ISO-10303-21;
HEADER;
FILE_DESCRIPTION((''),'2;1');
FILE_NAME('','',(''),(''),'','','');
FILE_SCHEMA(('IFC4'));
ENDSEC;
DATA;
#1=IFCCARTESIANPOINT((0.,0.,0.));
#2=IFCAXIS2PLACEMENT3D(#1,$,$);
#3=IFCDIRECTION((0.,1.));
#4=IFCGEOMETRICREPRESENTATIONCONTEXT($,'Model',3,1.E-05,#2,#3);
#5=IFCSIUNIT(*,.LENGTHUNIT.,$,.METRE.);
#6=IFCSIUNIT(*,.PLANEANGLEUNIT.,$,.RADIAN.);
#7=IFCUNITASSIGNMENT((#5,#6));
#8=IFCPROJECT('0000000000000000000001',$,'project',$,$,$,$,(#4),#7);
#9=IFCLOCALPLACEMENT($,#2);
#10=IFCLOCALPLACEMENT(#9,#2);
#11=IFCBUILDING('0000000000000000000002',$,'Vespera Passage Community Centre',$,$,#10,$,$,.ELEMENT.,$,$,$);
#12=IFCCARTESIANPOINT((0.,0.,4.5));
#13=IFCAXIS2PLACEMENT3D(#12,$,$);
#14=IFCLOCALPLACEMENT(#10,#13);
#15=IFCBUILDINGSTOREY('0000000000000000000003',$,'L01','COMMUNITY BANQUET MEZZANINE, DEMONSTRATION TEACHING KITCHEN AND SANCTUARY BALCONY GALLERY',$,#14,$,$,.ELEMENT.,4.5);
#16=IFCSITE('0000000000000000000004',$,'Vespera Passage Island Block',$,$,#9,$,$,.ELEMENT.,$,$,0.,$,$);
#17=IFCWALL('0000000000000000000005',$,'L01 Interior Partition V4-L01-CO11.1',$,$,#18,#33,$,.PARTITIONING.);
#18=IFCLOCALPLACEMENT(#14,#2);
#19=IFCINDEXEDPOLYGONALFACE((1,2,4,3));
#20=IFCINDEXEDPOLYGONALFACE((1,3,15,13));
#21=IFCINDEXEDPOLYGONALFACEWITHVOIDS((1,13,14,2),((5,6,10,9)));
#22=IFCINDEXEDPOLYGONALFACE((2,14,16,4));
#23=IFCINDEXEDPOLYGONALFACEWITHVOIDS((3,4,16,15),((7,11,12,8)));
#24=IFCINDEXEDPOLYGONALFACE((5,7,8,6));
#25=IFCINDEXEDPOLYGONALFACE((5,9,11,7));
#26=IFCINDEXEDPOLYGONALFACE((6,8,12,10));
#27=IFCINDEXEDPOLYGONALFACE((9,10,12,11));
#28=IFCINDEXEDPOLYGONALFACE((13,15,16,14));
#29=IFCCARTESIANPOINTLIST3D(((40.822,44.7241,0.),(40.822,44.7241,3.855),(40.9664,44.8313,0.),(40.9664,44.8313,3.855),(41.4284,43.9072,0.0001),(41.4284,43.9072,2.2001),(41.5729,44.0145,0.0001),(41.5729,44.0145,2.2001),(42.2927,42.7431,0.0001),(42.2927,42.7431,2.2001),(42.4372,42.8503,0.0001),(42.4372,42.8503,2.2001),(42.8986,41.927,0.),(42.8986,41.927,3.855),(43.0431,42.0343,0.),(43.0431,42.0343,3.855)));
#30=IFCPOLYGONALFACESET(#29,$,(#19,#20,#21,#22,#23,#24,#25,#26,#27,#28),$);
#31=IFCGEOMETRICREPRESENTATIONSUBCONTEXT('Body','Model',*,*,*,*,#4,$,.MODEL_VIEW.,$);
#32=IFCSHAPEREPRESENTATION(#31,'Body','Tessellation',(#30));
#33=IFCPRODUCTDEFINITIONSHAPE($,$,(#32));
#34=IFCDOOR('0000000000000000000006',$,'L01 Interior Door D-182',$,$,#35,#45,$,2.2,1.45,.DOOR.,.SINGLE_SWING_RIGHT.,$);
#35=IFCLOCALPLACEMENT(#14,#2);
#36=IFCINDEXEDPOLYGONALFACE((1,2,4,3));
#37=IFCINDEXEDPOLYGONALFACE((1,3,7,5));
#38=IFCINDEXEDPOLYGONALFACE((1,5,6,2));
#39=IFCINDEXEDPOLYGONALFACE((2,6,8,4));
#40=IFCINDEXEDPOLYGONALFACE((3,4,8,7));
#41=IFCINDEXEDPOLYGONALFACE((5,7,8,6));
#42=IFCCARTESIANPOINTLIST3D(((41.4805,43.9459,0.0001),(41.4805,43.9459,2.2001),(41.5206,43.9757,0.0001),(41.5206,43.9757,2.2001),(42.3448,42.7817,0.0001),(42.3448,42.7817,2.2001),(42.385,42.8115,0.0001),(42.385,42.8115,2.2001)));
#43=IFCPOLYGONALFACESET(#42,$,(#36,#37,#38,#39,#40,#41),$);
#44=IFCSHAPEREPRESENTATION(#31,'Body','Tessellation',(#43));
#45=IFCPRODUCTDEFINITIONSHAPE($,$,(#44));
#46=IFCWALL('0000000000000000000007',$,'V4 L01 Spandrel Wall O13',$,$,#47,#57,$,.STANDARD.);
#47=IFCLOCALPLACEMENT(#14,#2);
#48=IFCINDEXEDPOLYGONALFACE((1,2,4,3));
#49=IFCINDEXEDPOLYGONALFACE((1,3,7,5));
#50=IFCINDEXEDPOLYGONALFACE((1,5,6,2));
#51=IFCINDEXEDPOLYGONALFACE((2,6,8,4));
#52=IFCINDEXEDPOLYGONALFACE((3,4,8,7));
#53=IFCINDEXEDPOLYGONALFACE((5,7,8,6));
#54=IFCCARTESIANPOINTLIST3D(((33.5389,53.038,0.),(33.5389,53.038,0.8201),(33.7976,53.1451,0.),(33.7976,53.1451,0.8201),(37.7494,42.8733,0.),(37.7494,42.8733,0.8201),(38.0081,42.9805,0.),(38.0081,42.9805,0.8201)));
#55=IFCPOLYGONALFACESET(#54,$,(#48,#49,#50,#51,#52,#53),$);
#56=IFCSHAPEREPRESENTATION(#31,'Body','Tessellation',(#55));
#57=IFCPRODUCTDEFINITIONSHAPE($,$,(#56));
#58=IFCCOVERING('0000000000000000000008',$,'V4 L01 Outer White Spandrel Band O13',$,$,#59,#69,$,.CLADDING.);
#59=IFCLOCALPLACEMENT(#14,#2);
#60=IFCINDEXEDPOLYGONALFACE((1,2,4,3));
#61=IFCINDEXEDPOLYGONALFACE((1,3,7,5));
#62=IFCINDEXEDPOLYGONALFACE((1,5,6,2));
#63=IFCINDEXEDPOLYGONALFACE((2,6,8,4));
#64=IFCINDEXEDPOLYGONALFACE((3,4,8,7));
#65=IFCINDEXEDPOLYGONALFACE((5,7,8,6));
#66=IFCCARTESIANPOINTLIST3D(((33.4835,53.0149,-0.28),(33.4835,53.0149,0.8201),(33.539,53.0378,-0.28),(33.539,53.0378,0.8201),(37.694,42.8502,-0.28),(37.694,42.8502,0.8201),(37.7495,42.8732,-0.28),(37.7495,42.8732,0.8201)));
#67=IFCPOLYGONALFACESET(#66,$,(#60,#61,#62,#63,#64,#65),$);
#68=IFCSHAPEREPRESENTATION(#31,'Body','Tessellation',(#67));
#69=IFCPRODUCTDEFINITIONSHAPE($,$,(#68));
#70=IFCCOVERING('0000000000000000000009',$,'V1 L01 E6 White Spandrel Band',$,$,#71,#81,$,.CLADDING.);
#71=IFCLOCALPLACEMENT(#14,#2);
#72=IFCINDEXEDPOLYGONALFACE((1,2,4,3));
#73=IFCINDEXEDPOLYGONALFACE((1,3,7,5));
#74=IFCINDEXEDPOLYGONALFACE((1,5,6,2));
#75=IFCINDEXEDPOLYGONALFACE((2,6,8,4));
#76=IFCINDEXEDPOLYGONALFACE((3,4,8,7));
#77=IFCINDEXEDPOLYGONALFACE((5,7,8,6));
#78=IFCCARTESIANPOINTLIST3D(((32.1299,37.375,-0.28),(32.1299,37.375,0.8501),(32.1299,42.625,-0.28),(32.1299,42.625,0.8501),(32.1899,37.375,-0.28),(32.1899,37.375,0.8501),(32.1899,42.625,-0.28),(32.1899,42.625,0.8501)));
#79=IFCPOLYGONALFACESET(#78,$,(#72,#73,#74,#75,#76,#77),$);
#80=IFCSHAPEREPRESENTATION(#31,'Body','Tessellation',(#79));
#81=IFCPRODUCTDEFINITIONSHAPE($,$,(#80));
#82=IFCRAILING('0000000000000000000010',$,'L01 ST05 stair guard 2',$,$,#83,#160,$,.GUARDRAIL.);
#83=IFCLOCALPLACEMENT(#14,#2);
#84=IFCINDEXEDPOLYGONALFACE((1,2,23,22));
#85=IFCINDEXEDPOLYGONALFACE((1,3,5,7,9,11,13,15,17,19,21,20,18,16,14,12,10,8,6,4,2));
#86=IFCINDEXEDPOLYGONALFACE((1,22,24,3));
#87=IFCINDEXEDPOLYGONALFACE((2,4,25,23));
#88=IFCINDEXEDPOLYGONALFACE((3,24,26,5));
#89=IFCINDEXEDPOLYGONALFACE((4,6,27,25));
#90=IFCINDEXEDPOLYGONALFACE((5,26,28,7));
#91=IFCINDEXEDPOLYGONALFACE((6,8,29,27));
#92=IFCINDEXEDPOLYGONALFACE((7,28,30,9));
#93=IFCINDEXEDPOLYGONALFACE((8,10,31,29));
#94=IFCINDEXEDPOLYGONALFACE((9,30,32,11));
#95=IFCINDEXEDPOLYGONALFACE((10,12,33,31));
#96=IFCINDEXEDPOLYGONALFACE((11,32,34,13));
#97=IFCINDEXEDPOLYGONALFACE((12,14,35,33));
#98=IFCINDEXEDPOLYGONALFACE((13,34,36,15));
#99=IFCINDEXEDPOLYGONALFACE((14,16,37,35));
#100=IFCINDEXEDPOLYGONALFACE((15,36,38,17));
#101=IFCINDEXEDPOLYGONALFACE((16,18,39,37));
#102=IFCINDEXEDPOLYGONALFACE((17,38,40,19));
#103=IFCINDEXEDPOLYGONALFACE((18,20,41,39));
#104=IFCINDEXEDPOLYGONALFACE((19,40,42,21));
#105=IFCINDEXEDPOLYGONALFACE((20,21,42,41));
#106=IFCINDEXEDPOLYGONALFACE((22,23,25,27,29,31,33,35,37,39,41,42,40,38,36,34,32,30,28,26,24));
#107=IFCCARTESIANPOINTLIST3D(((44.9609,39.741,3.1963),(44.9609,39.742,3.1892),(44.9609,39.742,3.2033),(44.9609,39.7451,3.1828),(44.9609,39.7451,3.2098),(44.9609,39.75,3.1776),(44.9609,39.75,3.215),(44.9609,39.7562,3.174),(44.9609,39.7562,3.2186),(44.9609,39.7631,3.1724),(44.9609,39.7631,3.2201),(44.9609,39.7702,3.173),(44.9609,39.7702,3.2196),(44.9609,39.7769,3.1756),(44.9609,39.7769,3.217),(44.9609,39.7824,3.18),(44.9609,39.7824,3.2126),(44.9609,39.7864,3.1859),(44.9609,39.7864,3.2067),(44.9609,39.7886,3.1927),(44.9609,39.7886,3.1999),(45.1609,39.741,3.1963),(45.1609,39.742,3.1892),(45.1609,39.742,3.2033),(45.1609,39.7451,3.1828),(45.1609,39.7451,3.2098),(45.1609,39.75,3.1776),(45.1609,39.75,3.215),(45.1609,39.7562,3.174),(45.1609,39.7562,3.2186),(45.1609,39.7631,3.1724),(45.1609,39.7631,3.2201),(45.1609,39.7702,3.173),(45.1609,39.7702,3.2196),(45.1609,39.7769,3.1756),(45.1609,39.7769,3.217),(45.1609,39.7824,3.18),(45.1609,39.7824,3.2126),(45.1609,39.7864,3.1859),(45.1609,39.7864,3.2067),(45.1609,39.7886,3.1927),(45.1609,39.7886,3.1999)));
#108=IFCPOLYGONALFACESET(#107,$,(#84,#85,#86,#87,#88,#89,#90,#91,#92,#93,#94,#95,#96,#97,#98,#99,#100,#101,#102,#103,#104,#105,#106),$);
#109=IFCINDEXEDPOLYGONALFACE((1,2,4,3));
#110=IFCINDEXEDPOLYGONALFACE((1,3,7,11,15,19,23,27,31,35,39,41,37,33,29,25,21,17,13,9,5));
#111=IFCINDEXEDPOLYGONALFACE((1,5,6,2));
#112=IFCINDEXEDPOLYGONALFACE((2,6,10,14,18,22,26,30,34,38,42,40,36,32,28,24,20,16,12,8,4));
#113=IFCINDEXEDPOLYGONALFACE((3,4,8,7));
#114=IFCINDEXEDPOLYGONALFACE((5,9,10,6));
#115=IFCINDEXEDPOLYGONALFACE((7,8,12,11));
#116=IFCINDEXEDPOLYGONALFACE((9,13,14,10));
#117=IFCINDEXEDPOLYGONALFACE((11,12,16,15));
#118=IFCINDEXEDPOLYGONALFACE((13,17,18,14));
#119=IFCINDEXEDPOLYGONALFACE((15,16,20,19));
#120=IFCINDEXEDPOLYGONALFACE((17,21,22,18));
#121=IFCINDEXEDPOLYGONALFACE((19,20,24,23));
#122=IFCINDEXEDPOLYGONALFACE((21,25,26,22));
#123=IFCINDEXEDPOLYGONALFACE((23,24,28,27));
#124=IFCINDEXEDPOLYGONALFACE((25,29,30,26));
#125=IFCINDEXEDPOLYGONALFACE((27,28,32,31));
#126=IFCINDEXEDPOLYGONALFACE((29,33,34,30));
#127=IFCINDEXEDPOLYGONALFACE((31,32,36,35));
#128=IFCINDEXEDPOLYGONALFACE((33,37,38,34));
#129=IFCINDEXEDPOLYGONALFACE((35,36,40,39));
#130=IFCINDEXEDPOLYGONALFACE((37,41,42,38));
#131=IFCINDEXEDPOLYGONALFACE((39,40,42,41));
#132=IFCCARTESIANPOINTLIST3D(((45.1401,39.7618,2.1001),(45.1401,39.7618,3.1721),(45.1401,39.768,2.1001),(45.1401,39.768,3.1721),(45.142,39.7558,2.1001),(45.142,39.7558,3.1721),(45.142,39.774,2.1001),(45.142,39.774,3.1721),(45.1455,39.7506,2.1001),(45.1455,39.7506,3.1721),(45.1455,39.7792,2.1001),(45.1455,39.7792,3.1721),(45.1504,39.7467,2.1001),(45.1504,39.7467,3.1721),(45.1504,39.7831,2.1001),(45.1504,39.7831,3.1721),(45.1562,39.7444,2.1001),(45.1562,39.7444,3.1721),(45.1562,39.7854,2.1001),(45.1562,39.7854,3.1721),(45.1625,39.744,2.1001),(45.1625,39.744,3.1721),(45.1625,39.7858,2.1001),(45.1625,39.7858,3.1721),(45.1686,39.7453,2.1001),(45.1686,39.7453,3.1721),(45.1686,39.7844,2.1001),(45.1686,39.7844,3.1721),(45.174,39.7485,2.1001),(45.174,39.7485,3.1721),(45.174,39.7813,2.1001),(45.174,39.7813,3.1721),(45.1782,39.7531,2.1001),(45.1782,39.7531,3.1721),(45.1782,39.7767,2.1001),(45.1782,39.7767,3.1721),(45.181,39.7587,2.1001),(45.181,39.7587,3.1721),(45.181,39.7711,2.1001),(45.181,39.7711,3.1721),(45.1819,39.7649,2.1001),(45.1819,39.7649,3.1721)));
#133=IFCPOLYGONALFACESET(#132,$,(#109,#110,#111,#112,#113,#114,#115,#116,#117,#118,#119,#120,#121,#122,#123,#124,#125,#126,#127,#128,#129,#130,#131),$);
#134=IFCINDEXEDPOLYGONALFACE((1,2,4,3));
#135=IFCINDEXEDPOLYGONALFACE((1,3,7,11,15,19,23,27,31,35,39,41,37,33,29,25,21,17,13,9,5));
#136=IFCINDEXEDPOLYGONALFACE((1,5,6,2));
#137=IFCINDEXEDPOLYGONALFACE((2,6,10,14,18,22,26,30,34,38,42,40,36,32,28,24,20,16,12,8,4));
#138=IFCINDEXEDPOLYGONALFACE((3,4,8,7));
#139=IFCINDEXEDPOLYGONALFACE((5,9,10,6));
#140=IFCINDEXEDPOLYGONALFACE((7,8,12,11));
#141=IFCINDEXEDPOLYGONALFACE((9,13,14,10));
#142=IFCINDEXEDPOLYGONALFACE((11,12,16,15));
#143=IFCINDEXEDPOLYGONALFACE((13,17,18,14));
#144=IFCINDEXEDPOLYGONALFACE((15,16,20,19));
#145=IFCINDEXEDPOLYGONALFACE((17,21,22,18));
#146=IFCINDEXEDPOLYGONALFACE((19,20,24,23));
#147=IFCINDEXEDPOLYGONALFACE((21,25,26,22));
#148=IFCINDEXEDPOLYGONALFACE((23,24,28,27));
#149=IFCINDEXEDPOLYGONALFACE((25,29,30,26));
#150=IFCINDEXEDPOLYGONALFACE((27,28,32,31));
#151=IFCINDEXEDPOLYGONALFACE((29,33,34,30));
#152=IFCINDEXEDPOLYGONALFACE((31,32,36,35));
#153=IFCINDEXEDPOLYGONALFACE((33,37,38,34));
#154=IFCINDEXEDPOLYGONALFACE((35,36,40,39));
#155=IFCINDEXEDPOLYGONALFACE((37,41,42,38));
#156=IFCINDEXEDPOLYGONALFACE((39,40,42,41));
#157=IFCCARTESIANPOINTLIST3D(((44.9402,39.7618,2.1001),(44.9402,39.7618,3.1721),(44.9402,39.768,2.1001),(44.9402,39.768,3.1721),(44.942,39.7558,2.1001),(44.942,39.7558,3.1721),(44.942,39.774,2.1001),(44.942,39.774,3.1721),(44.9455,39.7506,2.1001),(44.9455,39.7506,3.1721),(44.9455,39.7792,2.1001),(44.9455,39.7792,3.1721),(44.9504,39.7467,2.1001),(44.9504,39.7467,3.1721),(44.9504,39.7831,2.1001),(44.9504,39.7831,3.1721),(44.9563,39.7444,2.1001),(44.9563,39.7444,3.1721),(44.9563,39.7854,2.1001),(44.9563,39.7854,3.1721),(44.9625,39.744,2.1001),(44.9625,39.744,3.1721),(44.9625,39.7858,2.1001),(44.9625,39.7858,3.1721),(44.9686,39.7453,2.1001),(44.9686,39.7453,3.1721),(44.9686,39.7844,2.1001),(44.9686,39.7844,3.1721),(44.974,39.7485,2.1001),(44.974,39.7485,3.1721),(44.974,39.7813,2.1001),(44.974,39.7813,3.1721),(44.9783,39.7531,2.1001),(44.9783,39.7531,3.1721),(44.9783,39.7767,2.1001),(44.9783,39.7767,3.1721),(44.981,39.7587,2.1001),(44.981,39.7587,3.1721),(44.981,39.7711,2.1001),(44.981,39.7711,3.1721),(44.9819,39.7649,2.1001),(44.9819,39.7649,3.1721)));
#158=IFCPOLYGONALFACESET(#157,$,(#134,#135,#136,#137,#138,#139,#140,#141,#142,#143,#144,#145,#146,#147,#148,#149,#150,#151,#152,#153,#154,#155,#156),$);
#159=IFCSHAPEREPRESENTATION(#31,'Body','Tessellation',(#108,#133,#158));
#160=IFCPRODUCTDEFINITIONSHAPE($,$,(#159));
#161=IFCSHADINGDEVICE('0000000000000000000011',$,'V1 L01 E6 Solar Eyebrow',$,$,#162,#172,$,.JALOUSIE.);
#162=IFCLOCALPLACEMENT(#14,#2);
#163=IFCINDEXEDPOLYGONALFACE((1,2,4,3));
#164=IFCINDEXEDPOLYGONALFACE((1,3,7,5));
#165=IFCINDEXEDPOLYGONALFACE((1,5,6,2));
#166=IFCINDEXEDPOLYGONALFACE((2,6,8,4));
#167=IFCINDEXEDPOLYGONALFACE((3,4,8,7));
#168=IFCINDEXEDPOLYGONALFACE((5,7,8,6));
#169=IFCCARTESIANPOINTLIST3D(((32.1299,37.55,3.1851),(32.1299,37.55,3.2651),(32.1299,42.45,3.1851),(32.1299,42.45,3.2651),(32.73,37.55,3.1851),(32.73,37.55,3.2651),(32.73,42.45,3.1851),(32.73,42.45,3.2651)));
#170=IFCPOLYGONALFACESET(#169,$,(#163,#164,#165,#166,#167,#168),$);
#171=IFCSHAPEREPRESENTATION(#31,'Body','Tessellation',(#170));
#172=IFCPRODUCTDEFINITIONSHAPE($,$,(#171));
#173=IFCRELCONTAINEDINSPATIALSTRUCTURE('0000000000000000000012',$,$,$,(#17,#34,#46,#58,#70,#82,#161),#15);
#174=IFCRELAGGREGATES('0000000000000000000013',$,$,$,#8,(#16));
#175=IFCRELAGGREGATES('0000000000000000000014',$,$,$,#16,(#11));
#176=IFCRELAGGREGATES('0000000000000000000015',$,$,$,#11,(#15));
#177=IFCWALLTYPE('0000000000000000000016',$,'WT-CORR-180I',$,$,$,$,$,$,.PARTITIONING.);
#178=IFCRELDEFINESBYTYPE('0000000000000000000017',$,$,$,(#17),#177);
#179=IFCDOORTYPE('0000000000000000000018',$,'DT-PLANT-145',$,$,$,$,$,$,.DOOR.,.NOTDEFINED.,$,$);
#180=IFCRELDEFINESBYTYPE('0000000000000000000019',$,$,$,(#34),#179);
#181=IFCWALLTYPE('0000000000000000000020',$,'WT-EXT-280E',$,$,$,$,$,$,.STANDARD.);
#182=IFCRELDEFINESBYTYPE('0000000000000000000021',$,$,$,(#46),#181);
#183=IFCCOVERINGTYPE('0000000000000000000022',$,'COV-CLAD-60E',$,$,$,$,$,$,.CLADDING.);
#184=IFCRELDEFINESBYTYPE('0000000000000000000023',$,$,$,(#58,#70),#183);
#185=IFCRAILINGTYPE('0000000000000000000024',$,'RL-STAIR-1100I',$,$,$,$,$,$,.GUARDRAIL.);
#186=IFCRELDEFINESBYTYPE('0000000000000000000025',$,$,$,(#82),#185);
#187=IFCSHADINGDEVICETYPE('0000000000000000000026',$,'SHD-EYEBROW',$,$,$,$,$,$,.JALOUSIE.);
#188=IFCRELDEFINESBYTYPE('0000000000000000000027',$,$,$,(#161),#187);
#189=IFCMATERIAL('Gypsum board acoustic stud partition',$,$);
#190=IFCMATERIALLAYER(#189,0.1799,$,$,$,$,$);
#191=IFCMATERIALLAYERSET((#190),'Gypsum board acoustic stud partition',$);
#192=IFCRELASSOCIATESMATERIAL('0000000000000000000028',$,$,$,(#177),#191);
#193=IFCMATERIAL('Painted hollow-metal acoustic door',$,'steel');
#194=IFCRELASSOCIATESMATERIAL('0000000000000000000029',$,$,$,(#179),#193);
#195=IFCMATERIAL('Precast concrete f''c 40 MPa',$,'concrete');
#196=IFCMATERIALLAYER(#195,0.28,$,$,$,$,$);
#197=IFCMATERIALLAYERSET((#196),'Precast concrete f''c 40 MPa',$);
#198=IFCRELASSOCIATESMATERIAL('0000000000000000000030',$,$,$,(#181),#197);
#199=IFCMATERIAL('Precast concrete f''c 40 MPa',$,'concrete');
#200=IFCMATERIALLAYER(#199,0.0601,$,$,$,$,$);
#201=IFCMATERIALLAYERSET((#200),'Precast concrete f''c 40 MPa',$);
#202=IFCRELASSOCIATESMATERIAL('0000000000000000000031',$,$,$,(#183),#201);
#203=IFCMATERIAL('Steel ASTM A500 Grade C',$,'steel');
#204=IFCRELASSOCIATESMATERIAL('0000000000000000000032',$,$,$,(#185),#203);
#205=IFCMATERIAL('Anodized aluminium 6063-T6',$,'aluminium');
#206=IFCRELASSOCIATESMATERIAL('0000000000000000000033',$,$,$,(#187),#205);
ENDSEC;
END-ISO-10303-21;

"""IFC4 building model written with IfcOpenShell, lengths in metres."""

from ifc_helpers import new_model, si_unit, direction, frame, frame_2d, origin, origin_2d, place, context, subcontext, project, spatial, rectangle, circle, extrude, material, layer, layer_set, type_object, element, fill, save


model = new_model("IFC4")

# Units and contexts
model_context = context("Model", 3, precision=1e-05, world=origin(), true_north=direction((0.0, 1.0)))
body_context = subcontext(model_context, "Body", "Model", "MODEL_VIEW")
ifc_project = project(units=[si_unit("LENGTHUNIT", "METRE"), si_unit("PLANEANGLEUNIT", "RADIAN")], contexts=[model_context])

# Site, building, storey
site_placement = place(None, origin())
site = spatial("IfcSite", under=ifc_project, at=site_placement, Name="Vespera Passage Island Block", CompositionType="ELEMENT", RefElevation=0.0)
building_placement = place(site_placement, origin())
building = spatial("IfcBuilding", under=site, at=building_placement, Name="Vespera Passage Community Centre", CompositionType="ELEMENT")
storey_placement = place(building_placement, frame((0.0, 0.0, 4.5)))
storey = spatial("IfcBuildingStorey", under=building, at=storey_placement, Name="L01", Description="COMMUNITY BANQUET MEZZANINE, DEMONSTRATION TEACHING KITCHEN AND SANCTUARY BALCONY GALLERY", CompositionType="ELEMENT", Elevation=4.5)

# Wall, opening, door
ifc_material_1 = material(Name="Gypsum board acoustic stud partition")
ifc_layer_1 = layer(ifc_material_1, 0.1799)
ifc_layer_set_1 = layer_set([ifc_layer_1], Name="Gypsum board acoustic stud partition")
wall_type_1 = type_object("IfcWallType", Name="WT-CORR-180I", PredefinedType="PARTITIONING", material=ifc_layer_set_1)
wall_1_placement = place(storey_placement, frame((40.8943, 44.7776, 0.0), z_axis=(0.0, 0.0, 1.0), x_axis=(0.596102, -0.802909, 0.0)))
wall_1 = element("IfcWall", 1, at=wall_1_placement, inside=storey, type_object=wall_type_1, Name="L01 Interior Partition V4-L01-CO11.1", PredefinedType="PARTITIONING", context=body_context, shape_type="SweptSolid", body=[
    extrude(rectangle(XDim=3.4836, YDim=0.1799, at=frame_2d((1.7417, 0.0))), origin(), (0.0, 0.0, 1.0), 3.855),
])
opening_placement = place(wall_1_placement, frame((1.0171, 0.0, 0.0)))
opening = element("IfcOpeningElement", 2, at=opening_placement, cuts=wall_1, PredefinedType="OPENING", context=body_context, shape_type="SweptSolid", body=[
    extrude(rectangle(XDim=1.45, YDim=2.2, at=frame_2d((0.7251, 1.1001))), frame((0.0, 0.0999, 0.0), z_axis=(0.0, -1.0, 0.0), x_axis=(1.0, 0.0, 0.0)), (0.0, 0.0, 1.0), 0.2),
])
ifc_material_2 = material(Name="Painted hollow-metal acoustic door", Category="steel")
door_type = type_object("IfcDoorType", Name="DT-PLANT-145", OperationType="NOTDEFINED", PredefinedType="DOOR", material=ifc_material_2)
door_placement = place(opening_placement, origin())
door = element("IfcDoor", 3, at=door_placement, inside=storey, type_object=door_type, Name="L01 Interior Door D-182", OperationType="SINGLE_SWING_RIGHT", OverallHeight=2.2, OverallWidth=1.45, PredefinedType="DOOR", context=body_context, shape_type="SweptSolid", body=[
    extrude(rectangle(XDim=1.45, YDim=2.2, at=frame_2d((0.7251, 1.1001))), frame((0.0, 0.0249, 0.0), z_axis=(0.0, -1.0, 0.0), x_axis=(1.0, 0.0, 0.0)), (0.0, 0.0, 1.0), 0.05),
])
fill(opening, door)

# Wall
ifc_material_3 = material(Name="Precast concrete f'c 40 MPa", Category="concrete")
ifc_layer_2 = layer(ifc_material_3, 0.28)
ifc_layer_set_2 = layer_set([ifc_layer_2], Name="Precast concrete f'c 40 MPa")
wall_type_2 = type_object("IfcWallType", Name="WT-EXT-280E", PredefinedType="STANDARD", material=ifc_layer_set_2)
wall_2_placement = place(storey_placement, frame((37.8787, 42.927, 0.0), z_axis=(0.0, 0.0, 1.0), x_axis=(-0.382695, 0.923875, 0.0)))
element("IfcWall", 4, at=wall_2_placement, inside=storey, type_object=wall_type_2, Name="V4 L01 Spandrel Wall O13", PredefinedType="STANDARD", context=body_context, shape_type="SweptSolid", body=[
    extrude(rectangle(XDim=11.0022, YDim=0.28, at=frame_2d((5.501, 0.0))), origin(), (0.0, 0.0, 1.0), 0.8201),
])

# Coverings
ifc_material_4 = material(Name="Precast concrete f'c 40 MPa", Category="concrete")
ifc_layer_3 = layer(ifc_material_4, 0.0601)
ifc_layer_set_3 = layer_set([ifc_layer_3], Name="Precast concrete f'c 40 MPa")
covering_type = type_object("IfcCoveringType", Name="COV-CLAD-60E", PredefinedType="CLADDING", material=ifc_layer_set_3)
covering_1_placement = place(storey_placement, frame((37.7217, 42.8618, -0.28), z_axis=(0.0, 0.0, 1.0), x_axis=(-0.382695, 0.923875, 0.0)))
element("IfcCovering", 5, at=covering_1_placement, inside=storey, type_object=covering_type, Name="V4 L01 Outer White Spandrel Band O13", PredefinedType="CLADDING", context=body_context, shape_type="SweptSolid", body=[
    extrude(rectangle(XDim=11.0022, YDim=0.0601, at=frame_2d((5.501, 0.0))), origin(), (0.0, 0.0, 1.0), 1.1001),
])
covering_2_placement = place(storey_placement, frame((32.1599, 42.625, -0.28), z_axis=(0.0, 0.0, 1.0), x_axis=(0.0, -1.0, 0.0)))
element("IfcCovering", 6, at=covering_2_placement, inside=storey, type_object=covering_type, Name="V1 L01 E6 White Spandrel Band", PredefinedType="CLADDING", context=body_context, shape_type="SweptSolid", body=[
    extrude(rectangle(XDim=5.25, YDim=0.0601, at=frame_2d((2.625, 0.0))), origin(), (0.0, 0.0, 1.0), 1.1301),
])

# Railing
ifc_material_5 = material(Name="Steel ASTM A500 Grade C", Category="steel")
railing_type = type_object("IfcRailingType", Name="RL-STAIR-1100I", PredefinedType="GUARDRAIL", material=ifc_material_5)
railing_placement = place(storey_placement, frame((45.1609, 39.7649, 2.1001)))
element("IfcRailing", 7, at=railing_placement, inside=storey, type_object=railing_type, Name="L01 ST05 stair guard 2", PredefinedType="GUARDRAIL", context=body_context, shape_type="SweptSolid", body=[
    extrude(circle(Radius=0.0239, at=origin_2d()), frame((0.0, 0.0, 1.0962), z_axis=(-1.0, 0.0, 0.0), x_axis=(0.0, -1.0, 0.0)), (0.0, 0.0, 1.0), 0.2),
    extrude(circle(Radius=0.021, at=origin_2d()), origin(), (0.0, 0.0, 1.0), 1.072),
    extrude(circle(Radius=0.021, at=origin_2d()), frame((-0.2, 0.0, 0.0)), (0.0, 0.0, 1.0), 1.072),
])

# Shading device
ifc_material_6 = material(Name="Anodized aluminium 6063-T6", Category="aluminium")
shading_device_type = type_object("IfcShadingDeviceType", Name="SHD-EYEBROW", PredefinedType="JALOUSIE", material=ifc_material_6)
shading_device_placement = place(storey_placement, frame((32.4299, 40.0, 3.1851), z_axis=(0.0, 0.0, 1.0), x_axis=(0.0, -1.0, 0.0)))
element("IfcShadingDevice", 8, at=shading_device_placement, inside=storey, type_object=shading_device_type, Name="V1 L01 E6 Solar Eyebrow", PredefinedType="JALOUSIE", context=body_context, shape_type="SweptSolid", body=[
    extrude(rectangle(XDim=4.8999, YDim=0.6001, at=origin_2d()), origin(), (0.0, 0.0, 1.0), 0.0801),
])

save(model, "model.ifc")
